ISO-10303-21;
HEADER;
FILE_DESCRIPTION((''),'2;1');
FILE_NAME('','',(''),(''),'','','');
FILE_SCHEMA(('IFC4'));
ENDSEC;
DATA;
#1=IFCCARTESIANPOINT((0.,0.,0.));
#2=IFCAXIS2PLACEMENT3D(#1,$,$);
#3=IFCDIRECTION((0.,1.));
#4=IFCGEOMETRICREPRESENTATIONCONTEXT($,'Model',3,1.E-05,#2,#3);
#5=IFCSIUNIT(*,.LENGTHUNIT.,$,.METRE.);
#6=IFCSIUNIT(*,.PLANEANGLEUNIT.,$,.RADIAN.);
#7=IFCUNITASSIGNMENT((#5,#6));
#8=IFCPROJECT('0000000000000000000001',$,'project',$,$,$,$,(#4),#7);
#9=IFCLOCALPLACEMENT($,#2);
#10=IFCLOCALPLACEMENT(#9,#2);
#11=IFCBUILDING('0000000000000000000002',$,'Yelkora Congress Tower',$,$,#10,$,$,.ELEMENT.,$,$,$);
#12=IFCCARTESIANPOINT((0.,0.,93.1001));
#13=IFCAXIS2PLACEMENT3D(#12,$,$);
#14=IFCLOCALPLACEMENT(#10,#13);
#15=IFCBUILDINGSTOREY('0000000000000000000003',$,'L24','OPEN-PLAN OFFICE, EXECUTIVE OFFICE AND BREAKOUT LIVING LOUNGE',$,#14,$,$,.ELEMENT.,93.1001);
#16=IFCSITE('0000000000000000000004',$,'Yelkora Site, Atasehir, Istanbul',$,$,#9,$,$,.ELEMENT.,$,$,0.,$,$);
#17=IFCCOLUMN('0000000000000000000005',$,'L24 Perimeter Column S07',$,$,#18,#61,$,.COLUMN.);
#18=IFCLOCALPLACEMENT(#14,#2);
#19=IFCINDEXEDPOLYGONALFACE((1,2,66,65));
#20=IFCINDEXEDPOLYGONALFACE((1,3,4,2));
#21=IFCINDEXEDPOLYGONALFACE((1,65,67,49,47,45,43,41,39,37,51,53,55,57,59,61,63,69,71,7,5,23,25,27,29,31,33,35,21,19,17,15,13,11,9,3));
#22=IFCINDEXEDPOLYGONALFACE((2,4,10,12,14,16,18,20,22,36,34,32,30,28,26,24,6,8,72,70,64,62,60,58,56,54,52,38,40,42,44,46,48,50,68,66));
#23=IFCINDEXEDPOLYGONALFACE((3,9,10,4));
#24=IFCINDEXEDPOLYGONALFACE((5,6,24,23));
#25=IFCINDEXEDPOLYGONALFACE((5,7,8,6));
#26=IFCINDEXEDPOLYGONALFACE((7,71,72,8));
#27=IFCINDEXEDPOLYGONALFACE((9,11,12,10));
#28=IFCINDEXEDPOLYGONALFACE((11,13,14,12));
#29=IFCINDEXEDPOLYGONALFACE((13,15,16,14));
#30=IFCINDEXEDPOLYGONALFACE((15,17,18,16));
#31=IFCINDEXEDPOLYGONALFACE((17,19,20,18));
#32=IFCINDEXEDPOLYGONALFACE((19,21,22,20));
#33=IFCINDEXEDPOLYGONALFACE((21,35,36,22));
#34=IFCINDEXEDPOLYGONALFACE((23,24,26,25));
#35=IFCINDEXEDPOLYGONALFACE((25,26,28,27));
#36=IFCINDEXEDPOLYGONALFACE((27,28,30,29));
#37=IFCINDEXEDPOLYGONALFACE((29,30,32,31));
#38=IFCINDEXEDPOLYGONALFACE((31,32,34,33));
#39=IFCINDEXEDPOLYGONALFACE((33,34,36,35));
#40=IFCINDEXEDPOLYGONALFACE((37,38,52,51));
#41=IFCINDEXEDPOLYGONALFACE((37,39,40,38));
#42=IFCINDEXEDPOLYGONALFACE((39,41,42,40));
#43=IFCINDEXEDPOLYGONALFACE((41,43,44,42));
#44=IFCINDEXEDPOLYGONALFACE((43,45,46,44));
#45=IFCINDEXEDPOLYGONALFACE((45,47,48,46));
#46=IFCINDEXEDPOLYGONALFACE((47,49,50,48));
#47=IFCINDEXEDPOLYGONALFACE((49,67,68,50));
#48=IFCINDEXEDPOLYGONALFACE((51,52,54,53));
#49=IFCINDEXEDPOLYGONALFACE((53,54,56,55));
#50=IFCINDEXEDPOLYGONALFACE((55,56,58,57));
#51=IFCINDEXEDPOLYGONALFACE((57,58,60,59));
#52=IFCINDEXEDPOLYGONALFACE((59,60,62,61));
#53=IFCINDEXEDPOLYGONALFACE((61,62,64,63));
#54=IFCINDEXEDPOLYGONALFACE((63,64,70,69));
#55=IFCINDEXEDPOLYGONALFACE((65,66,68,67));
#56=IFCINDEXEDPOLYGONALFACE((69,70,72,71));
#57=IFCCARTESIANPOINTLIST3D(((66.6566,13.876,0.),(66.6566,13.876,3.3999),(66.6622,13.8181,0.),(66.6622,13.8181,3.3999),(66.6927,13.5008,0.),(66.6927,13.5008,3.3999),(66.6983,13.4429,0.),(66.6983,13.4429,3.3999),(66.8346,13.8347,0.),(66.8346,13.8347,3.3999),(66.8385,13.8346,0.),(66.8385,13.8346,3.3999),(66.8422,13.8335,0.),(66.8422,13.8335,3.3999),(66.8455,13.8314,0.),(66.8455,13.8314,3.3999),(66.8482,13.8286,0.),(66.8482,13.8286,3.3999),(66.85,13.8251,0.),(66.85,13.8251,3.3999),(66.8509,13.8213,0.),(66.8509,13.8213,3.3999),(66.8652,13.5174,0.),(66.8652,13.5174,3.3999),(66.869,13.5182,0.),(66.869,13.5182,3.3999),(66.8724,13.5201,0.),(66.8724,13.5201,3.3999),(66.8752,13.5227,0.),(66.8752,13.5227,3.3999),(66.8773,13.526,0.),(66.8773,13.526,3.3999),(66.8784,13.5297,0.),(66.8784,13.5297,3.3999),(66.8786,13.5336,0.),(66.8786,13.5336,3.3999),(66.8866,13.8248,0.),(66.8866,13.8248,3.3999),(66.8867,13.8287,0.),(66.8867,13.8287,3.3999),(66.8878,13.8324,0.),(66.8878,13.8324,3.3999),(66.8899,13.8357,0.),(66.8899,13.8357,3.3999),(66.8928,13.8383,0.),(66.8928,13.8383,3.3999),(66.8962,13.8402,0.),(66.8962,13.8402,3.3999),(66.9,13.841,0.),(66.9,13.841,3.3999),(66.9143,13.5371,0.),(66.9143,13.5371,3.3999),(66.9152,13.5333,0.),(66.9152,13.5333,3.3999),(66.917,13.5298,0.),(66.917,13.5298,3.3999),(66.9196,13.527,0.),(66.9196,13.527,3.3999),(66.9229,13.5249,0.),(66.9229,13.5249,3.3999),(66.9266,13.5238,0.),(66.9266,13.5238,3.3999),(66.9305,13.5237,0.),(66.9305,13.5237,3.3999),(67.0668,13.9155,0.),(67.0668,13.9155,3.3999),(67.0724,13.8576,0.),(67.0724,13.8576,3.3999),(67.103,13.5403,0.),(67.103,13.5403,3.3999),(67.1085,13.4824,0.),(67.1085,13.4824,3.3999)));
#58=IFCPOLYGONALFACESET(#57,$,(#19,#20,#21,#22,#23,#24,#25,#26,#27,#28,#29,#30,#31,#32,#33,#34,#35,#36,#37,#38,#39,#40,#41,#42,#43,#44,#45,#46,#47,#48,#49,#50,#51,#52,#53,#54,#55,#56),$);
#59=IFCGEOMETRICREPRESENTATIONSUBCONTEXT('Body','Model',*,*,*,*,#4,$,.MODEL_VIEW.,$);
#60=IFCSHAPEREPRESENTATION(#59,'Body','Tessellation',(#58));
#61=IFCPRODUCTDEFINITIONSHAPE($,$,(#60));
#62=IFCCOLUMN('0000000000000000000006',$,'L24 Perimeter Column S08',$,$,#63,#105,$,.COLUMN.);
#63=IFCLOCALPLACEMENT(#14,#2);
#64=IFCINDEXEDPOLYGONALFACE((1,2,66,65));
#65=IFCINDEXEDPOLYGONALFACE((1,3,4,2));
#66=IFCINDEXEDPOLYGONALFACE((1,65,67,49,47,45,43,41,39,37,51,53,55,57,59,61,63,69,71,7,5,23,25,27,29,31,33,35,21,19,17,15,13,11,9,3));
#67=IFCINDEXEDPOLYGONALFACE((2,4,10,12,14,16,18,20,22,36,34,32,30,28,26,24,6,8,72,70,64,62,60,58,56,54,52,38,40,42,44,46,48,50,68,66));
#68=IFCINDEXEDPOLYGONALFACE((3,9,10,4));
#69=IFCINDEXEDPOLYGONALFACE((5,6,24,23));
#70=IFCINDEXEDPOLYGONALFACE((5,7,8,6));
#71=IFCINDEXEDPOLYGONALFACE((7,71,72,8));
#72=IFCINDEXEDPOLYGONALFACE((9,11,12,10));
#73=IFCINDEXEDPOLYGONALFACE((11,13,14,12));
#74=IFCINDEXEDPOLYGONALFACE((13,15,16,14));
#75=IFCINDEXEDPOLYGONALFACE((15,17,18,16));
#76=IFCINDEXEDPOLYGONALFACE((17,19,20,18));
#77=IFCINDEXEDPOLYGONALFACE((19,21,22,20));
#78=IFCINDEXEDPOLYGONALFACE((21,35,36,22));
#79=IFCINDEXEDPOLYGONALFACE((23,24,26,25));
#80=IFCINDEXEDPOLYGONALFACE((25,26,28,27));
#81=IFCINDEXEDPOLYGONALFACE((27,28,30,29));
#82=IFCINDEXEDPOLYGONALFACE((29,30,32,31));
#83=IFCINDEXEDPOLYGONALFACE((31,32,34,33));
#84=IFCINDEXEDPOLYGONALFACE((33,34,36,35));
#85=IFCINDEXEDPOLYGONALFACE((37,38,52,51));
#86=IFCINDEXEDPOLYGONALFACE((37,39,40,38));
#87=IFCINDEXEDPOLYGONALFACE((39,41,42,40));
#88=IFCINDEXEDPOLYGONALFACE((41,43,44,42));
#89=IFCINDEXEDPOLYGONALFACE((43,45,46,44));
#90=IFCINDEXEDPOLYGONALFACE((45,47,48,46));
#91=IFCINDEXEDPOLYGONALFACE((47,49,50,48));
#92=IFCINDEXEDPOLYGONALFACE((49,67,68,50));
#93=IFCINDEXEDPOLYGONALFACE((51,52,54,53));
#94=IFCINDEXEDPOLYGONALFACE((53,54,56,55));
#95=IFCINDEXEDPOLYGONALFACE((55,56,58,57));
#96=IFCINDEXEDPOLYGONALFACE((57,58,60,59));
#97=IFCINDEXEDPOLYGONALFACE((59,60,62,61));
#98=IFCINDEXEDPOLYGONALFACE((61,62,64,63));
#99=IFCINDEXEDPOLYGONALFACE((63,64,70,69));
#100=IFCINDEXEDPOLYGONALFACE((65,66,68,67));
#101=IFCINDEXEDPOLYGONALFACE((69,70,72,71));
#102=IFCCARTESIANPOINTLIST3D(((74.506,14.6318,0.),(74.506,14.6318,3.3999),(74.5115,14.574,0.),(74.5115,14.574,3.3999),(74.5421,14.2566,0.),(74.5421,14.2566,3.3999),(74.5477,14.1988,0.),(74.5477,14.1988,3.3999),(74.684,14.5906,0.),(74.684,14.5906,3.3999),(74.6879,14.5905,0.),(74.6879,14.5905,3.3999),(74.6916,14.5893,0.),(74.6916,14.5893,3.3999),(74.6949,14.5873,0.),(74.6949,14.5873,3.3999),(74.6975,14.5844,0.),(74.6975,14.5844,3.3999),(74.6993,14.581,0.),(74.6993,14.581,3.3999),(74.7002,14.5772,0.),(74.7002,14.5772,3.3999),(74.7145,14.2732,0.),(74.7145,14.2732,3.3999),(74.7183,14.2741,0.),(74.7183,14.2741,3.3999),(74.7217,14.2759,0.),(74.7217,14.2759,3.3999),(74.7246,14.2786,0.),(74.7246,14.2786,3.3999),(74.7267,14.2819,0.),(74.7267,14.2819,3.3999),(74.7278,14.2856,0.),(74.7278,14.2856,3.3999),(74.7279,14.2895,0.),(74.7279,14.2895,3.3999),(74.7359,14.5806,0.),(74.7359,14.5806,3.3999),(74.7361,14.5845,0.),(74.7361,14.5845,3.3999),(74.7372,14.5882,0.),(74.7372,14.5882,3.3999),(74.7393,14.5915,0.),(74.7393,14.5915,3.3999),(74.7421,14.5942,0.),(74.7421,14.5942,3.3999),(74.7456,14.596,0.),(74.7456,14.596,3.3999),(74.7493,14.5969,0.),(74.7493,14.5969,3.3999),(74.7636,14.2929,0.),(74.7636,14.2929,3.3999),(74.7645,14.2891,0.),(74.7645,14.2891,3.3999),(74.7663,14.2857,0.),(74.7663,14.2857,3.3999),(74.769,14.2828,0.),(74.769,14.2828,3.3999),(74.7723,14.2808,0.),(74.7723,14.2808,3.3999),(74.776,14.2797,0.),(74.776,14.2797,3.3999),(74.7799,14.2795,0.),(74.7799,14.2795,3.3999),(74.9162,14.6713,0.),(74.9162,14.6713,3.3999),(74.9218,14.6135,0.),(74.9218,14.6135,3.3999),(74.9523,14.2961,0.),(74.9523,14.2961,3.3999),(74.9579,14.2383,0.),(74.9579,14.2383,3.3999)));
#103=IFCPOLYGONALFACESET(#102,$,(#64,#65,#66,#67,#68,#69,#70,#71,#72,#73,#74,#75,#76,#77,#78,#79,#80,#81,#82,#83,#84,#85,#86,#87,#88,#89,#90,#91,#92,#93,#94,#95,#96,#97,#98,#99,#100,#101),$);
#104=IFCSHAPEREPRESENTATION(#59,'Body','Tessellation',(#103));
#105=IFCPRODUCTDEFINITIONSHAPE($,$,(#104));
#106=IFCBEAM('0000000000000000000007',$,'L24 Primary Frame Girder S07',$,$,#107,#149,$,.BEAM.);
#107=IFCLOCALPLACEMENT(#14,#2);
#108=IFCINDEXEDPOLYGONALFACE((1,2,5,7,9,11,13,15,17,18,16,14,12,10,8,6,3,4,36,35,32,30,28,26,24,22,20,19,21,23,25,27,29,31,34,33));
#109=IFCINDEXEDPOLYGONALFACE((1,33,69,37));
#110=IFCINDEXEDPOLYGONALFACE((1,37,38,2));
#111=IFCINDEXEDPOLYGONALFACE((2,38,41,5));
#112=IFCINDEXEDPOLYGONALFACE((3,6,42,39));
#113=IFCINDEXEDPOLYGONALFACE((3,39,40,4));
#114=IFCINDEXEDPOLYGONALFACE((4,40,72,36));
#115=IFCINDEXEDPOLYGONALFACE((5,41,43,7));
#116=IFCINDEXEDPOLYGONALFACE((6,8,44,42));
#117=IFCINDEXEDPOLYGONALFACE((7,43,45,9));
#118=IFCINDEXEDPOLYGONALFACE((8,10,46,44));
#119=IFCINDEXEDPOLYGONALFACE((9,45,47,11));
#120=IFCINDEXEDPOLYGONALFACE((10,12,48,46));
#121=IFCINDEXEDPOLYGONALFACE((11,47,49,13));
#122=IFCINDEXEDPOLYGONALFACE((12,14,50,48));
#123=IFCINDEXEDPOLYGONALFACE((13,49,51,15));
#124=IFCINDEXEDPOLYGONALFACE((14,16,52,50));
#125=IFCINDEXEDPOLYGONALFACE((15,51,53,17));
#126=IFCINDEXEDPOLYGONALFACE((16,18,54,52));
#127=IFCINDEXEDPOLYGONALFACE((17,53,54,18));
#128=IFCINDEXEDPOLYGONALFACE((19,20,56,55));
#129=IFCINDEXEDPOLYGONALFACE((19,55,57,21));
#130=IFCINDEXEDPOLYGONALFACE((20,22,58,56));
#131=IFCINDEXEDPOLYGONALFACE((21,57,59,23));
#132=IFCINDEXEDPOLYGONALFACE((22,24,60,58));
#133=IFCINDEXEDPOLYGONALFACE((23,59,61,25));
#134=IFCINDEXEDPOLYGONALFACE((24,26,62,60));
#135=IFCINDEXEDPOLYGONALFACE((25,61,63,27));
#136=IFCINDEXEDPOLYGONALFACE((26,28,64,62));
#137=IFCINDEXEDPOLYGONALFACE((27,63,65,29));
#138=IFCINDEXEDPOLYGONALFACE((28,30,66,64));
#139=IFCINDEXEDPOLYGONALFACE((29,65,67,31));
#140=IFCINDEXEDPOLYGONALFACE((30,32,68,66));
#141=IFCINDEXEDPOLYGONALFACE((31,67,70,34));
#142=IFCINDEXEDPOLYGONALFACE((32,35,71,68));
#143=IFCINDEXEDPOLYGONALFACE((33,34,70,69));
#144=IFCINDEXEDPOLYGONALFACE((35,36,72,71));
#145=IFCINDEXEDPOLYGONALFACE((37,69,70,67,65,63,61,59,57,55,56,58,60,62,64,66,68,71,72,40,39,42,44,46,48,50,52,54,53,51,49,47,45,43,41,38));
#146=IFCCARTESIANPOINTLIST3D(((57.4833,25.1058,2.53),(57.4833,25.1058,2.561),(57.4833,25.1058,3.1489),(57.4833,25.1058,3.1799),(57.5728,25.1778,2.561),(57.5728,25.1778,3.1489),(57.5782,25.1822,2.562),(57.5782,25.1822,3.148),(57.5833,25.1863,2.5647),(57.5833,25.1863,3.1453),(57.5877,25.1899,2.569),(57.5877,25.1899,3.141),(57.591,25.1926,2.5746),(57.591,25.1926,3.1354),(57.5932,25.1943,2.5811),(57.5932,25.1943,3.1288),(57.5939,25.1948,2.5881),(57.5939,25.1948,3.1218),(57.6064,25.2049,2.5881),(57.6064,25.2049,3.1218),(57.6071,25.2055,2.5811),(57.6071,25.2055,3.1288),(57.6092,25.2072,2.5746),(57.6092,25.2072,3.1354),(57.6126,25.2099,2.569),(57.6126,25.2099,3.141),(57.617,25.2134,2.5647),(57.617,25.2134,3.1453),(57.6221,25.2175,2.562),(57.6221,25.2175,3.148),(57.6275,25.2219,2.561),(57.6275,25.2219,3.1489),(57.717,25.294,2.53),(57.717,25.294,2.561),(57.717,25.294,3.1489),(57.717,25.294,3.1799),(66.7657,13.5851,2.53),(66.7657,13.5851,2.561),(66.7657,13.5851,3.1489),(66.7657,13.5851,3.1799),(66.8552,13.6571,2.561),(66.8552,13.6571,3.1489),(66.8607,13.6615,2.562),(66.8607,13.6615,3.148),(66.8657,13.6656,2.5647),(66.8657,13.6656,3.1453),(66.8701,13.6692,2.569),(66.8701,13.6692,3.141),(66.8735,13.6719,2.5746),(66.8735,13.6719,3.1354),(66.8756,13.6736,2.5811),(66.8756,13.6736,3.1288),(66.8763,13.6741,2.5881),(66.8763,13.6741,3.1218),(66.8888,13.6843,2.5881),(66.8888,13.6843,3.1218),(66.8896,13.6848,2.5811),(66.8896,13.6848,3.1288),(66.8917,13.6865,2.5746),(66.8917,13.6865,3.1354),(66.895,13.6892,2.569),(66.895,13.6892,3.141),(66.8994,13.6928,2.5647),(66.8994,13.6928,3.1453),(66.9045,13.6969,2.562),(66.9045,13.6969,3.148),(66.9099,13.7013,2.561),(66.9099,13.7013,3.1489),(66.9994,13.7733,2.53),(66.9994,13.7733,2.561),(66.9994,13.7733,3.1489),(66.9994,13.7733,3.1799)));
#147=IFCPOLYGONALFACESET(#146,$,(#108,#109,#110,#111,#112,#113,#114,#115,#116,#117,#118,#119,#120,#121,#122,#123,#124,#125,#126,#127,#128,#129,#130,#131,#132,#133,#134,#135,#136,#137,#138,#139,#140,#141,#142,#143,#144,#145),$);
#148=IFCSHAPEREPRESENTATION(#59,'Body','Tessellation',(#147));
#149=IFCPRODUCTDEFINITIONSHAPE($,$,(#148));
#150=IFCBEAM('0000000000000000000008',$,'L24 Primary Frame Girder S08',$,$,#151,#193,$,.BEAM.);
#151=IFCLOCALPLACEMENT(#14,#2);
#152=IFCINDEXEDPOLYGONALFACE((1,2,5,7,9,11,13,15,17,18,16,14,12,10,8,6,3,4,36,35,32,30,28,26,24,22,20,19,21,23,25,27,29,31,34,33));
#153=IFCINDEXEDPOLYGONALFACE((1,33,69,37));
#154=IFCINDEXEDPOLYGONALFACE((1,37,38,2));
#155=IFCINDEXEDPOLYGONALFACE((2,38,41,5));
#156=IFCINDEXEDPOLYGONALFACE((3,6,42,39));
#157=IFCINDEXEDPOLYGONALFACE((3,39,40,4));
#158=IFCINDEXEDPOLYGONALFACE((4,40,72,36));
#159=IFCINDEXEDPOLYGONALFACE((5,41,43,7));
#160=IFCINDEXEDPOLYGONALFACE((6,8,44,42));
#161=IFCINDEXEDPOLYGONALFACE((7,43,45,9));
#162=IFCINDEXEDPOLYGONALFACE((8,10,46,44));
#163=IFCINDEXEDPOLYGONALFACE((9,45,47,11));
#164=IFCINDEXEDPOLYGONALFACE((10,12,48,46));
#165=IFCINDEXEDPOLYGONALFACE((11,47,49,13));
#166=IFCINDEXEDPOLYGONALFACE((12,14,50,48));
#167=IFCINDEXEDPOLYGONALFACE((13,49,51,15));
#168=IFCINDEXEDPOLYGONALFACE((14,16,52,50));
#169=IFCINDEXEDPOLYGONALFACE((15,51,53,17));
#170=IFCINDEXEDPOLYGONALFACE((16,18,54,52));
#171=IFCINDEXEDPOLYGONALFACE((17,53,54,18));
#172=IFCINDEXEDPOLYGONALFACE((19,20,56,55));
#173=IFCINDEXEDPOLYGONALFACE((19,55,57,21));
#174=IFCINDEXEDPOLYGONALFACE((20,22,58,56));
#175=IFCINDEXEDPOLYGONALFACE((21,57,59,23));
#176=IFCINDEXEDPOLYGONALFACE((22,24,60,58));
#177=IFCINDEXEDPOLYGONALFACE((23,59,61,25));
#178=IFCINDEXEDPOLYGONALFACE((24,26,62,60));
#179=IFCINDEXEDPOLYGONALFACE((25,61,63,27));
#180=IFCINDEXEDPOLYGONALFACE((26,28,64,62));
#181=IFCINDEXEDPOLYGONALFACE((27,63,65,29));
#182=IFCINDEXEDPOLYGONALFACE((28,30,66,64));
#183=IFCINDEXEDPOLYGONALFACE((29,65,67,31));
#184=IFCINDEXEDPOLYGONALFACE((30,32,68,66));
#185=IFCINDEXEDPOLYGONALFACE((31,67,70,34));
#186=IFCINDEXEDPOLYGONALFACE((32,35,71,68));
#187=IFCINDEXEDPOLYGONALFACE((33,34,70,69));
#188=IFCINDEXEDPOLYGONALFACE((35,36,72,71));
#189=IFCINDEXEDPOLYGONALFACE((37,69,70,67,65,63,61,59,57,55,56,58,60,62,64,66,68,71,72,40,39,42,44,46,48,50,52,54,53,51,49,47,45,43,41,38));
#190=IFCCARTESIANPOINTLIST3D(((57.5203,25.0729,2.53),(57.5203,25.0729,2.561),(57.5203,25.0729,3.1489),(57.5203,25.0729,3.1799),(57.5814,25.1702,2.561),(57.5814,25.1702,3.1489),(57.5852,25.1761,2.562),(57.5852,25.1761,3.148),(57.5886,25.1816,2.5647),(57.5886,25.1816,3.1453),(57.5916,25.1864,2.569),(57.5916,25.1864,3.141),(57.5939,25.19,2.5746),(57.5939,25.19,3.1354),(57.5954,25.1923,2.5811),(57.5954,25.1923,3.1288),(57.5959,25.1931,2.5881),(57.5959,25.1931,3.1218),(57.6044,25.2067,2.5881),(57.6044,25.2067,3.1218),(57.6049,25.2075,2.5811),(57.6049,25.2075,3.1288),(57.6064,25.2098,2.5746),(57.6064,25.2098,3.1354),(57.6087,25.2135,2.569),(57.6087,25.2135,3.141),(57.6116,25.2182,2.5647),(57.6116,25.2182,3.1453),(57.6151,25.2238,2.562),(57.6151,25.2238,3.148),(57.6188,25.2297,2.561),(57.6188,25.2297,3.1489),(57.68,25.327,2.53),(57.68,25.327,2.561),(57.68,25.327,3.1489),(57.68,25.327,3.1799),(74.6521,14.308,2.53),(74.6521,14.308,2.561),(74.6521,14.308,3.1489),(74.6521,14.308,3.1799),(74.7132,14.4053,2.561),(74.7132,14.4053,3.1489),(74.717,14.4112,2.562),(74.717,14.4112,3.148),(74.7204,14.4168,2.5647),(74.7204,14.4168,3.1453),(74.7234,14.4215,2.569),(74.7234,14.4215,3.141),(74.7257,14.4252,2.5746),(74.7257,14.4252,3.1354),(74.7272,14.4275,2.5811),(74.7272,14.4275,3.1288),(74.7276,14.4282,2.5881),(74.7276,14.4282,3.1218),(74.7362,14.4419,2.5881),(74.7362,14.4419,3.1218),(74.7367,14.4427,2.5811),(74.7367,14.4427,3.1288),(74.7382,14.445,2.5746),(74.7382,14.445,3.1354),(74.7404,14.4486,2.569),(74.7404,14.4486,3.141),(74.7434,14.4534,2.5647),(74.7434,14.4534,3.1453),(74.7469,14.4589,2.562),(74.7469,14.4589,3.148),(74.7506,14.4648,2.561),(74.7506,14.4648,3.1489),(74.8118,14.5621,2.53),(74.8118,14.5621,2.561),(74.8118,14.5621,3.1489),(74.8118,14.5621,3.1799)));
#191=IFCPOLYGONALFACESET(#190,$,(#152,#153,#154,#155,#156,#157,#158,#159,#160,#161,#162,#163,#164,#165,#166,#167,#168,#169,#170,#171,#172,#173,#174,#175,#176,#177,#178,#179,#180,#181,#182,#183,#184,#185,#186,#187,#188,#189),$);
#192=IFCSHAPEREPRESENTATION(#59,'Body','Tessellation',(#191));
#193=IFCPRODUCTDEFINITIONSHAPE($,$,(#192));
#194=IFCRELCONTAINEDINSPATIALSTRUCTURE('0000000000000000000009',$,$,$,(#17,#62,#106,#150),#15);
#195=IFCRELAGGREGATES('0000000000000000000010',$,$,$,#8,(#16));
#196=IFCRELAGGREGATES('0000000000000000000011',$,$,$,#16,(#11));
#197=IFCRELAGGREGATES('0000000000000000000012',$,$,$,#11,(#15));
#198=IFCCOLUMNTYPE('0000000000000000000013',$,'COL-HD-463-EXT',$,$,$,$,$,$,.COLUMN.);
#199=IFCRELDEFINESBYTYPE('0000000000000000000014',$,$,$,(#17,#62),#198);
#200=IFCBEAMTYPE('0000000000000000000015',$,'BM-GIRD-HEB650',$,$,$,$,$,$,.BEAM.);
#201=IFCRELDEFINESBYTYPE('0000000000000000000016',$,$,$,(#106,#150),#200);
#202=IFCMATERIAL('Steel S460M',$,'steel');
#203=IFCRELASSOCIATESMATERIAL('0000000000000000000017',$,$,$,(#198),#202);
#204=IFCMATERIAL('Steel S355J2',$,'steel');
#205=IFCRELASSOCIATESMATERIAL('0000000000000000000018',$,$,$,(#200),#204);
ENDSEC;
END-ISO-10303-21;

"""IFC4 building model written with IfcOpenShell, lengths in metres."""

from ifc_helpers import new_model, si_unit, direction, frame, origin, origin_2d, place, context, subcontext, project, spatial, i_section, extrude, material, material_profile, profile_set, type_object, element, save


model = new_model("IFC4")

# Units and contexts
model_context = context("Model", 3, precision=1e-05, world=origin(), true_north=direction((0.0, 1.0)))
body_context = subcontext(model_context, "Body", "Model", "MODEL_VIEW")
ifc_project = project(units=[si_unit("LENGTHUNIT", "METRE"), si_unit("PLANEANGLEUNIT", "RADIAN")], contexts=[model_context])

# Site, building, storey
site_placement = place(None, origin())
site = spatial("IfcSite", under=ifc_project, at=site_placement, Name="Yelkora Site, Atasehir, Istanbul", CompositionType="ELEMENT", RefElevation=0.0)
building_placement = place(site_placement, origin())
building = spatial("IfcBuilding", under=site, at=building_placement, Name="Yelkora Congress Tower", CompositionType="ELEMENT")
storey_placement = place(building_placement, frame((0.0, 0.0, 93.1001)))
storey = spatial("IfcBuildingStorey", under=building, at=storey_placement, Name="L24", Description="OPEN-PLAN OFFICE, EXECUTIVE OFFICE AND BREAKOUT LIVING LOUNGE", CompositionType="ELEMENT", Elevation=93.1001)

# Columns
ifc_material_1 = material(Name="Steel S460M", Category="steel")
ifc_material_profile_1 = material_profile(ifc_material_1, i_section(OverallWidth=0.4121, OverallDepth=0.4351, WebThickness=0.0359, FlangeThickness=0.0581, FilletRadius=0.0149, at=origin_2d()), Name="HD 400x463")
ifc_profile_set_1 = profile_set([ifc_material_profile_1], Name="Steel S460M")
column_type = type_object("IfcColumnType", Name="COL-HD-463-EXT", PredefinedType="COLUMN", material=ifc_profile_set_1)
for number, where, z_axis, x_axis, name in (
    (1, (66.8826, 13.6792, 0.0), (0.0, 0.0, 1.0), (0.995396, 0.095846, 0.0), "L24 Perimeter Column S07"),
    (2, (74.7319, 14.4351, 0.0), (0.0, 0.0, 1.0), (0.995396, 0.095846, 0.0), "L24 Perimeter Column S08"),
):
    element("IfcColumn", number, at=place(storey_placement, frame(where, z_axis=z_axis, x_axis=x_axis)), inside=storey, type_object=column_type, Name=name, PredefinedType="COLUMN", context=body_context, shape_type="SweptSolid", body=[
        extrude(i_section(OverallWidth=0.4121, OverallDepth=0.4351, WebThickness=0.0359, FlangeThickness=0.0581, FilletRadius=0.0149, at=origin_2d()), origin(), (0.0, 0.0, 1.0), 3.3999),
    ])

# Beams
ifc_material_2 = material(Name="Steel S355J2", Category="steel")
ifc_material_profile_2 = material_profile(ifc_material_2, i_section(OverallWidth=0.3, OverallDepth=0.6499, WebThickness=0.0161, FlangeThickness=0.031, FilletRadius=0.0271, at=origin_2d()), Name="HEB 650")
ifc_profile_set_2 = profile_set([ifc_material_profile_2], Name="Steel S355J2")
beam_type_1 = type_object("IfcBeamType", Name="BM-GIRD-HEB650", PredefinedType="BEAM", material=ifc_profile_set_2)
beam_1_placement = place(storey_placement, frame((66.8826, 13.6792, 2.855), z_axis=(-0.627406, 0.778692, 0.0), x_axis=(-0.778692, -0.627406, 0.0)))
element("IfcBeam", 3, at=beam_1_placement, inside=storey, type_object=beam_type_1, Name="L24 Primary Frame Girder S07", PredefinedType="BEAM", context=body_context, shape_type="SweptSolid", body=[
    extrude(i_section(OverallWidth=0.3, OverallDepth=0.6499, WebThickness=0.0161, FlangeThickness=0.031, FilletRadius=0.0271, at=origin_2d()), origin(), (0.0, 0.0, 1.0), 14.7949),
])
beam_2_placement = place(storey_placement, frame((74.7319, 14.4351, 2.855), z_axis=(-0.846719, 0.532041, 0.0), x_axis=(-0.532041, -0.846719, 0.0)))
element("IfcBeam", 4, at=beam_2_placement, inside=storey, type_object=beam_type_1, Name="L24 Primary Frame Girder S08", PredefinedType="BEAM", context=body_context, shape_type="SweptSolid", body=[
    extrude(i_section(OverallWidth=0.3, OverallDepth=0.6499, WebThickness=0.0161, FlangeThickness=0.031, FilletRadius=0.0271, at=origin_2d()), origin(), (0.0, 0.0, 1.0), 20.2332),
])

save(model, "model.ifc")
